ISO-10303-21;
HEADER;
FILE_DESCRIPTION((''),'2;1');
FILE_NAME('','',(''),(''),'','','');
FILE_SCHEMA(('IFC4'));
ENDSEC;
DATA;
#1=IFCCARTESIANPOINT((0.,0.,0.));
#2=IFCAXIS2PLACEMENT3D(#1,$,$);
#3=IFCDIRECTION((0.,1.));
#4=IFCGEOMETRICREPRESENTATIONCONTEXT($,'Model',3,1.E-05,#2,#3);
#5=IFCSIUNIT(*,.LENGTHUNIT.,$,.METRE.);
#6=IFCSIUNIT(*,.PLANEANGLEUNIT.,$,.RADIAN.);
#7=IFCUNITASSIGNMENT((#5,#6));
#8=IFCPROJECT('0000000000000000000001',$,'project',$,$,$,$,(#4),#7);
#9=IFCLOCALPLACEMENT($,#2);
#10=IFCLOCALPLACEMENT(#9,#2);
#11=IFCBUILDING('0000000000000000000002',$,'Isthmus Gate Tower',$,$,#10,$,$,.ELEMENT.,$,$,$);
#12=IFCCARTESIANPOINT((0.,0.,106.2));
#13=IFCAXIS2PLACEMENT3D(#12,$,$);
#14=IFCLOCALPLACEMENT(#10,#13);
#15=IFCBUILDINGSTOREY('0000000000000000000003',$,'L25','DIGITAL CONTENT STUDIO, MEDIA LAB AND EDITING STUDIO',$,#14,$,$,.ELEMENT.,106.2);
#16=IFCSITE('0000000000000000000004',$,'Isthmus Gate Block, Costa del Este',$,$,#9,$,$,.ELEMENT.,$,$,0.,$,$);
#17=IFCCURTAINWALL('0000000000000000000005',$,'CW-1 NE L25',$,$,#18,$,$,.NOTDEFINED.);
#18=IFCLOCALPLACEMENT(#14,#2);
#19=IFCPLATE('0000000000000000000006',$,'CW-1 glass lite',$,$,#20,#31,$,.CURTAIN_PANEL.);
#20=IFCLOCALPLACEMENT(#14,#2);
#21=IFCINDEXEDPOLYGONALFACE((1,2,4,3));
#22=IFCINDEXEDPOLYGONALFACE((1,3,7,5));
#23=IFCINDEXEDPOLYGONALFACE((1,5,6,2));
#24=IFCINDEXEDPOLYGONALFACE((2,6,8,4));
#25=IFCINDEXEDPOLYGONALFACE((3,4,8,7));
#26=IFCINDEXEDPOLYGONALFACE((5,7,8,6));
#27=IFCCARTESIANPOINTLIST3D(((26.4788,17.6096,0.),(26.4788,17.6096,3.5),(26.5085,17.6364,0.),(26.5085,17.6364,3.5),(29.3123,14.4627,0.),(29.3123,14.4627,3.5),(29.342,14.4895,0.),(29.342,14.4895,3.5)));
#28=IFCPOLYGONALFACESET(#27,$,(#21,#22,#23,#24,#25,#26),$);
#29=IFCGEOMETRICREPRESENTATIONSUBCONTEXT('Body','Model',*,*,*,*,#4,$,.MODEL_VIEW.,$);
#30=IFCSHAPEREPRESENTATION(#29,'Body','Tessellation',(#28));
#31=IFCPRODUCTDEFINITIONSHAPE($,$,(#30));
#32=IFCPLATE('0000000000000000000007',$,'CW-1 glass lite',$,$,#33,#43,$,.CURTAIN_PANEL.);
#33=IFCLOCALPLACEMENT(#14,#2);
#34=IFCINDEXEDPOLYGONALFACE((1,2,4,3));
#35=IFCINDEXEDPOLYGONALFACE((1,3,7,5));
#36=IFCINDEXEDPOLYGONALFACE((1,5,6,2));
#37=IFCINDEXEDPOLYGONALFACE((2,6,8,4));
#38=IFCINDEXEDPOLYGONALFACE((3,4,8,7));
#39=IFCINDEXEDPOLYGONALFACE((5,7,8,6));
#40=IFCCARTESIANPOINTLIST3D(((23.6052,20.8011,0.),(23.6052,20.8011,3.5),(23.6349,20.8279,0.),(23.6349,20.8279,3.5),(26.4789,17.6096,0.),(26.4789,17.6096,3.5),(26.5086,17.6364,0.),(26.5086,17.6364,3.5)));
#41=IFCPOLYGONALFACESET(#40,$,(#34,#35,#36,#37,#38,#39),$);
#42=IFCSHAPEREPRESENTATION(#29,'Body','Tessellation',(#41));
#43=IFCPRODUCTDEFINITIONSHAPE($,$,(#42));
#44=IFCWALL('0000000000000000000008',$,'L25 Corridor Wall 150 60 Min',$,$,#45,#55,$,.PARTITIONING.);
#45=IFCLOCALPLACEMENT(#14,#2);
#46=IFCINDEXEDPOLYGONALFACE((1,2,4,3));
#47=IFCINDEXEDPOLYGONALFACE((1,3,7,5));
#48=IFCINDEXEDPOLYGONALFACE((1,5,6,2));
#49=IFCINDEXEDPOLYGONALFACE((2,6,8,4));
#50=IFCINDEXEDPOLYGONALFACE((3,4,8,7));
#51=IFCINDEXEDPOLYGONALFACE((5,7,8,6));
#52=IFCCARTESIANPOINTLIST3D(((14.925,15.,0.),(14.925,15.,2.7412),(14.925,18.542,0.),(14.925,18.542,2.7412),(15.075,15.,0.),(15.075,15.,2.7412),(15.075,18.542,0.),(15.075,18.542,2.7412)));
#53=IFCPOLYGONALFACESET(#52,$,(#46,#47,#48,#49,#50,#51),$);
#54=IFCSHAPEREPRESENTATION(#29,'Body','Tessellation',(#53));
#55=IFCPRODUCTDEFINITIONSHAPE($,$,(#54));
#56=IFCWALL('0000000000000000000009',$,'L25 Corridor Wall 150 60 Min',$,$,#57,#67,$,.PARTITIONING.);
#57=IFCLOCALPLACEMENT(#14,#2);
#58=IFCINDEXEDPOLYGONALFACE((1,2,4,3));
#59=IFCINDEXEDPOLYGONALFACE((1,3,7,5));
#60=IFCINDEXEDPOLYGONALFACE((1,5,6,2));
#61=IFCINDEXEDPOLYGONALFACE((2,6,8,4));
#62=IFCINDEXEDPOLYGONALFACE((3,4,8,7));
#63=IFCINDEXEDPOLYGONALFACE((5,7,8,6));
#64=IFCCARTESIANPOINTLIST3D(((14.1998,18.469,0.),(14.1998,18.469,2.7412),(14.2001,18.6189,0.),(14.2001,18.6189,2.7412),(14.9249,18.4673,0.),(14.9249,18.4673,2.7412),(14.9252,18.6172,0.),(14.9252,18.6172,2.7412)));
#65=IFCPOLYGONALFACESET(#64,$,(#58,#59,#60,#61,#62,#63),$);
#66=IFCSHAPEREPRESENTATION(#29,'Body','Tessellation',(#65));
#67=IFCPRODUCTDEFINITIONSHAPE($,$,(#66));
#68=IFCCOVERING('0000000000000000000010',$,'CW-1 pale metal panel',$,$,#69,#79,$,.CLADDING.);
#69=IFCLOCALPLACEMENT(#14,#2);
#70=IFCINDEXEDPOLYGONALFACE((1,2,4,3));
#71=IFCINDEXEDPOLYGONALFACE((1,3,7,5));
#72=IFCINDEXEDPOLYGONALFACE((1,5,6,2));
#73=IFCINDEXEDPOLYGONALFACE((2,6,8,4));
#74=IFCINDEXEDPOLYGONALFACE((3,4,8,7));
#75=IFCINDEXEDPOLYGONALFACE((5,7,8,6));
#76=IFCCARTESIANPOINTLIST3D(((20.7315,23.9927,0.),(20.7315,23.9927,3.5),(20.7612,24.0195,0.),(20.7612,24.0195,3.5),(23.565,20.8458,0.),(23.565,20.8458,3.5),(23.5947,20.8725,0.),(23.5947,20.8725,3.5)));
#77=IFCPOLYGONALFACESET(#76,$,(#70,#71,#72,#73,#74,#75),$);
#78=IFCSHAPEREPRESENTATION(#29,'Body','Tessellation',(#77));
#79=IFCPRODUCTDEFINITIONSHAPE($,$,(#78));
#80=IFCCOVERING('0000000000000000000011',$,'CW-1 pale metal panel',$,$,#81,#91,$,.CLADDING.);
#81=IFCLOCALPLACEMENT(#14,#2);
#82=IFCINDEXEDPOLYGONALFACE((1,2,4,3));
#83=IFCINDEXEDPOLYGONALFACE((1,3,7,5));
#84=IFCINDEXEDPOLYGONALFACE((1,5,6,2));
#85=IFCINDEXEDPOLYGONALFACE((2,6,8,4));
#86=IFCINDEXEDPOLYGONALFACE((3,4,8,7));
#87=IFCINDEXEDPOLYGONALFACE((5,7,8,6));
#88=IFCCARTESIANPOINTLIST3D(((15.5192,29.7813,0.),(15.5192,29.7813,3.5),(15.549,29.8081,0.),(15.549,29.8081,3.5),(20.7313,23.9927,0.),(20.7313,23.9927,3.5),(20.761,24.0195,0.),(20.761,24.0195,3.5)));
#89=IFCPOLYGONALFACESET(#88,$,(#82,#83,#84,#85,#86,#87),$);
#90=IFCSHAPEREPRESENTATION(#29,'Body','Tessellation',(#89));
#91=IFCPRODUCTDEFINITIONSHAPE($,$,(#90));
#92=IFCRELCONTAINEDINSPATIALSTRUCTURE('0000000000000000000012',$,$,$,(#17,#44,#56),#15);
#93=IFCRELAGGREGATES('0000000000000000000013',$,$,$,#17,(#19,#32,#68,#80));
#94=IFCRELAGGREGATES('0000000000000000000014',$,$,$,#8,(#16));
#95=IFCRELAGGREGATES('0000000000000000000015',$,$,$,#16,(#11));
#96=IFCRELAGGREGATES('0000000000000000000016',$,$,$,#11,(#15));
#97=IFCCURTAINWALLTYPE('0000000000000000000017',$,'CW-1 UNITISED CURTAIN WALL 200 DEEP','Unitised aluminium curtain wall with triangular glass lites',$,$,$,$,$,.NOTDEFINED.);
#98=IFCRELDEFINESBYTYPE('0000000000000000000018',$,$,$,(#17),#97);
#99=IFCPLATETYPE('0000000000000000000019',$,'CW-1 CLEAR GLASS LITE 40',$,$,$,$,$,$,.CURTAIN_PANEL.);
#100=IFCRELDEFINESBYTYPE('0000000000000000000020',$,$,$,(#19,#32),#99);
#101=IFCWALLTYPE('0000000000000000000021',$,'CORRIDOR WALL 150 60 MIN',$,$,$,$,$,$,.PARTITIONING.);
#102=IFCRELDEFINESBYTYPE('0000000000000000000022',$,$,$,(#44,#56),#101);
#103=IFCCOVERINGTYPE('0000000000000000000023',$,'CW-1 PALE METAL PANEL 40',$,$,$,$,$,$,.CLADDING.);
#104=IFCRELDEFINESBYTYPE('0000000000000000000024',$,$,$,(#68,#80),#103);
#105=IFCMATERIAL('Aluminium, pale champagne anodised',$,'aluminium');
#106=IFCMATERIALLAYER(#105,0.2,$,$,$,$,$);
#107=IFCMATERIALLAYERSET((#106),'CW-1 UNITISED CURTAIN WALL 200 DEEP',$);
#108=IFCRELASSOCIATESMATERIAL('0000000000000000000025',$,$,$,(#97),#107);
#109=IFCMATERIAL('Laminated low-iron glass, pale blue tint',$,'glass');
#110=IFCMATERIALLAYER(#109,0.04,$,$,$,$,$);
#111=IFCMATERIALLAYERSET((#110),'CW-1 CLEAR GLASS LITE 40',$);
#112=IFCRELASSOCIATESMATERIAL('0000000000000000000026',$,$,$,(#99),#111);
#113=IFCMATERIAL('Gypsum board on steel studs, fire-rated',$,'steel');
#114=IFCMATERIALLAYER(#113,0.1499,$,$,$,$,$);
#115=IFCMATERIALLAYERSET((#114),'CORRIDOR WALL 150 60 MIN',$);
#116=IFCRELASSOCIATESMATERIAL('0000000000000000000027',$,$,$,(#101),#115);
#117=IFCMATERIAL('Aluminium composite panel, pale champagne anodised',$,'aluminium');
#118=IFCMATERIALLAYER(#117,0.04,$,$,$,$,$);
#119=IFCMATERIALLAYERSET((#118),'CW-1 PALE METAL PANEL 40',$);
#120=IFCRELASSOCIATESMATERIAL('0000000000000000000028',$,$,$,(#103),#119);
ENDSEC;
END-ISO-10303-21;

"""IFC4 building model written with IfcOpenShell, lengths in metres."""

from ifc_helpers import new_model, si_unit, direction, frame, frame_2d, origin, origin_2d, place, context, subcontext, project, spatial, rectangle, extrude, material, layer, layer_set, type_object, element, aggregate, save


model = new_model("IFC4")

# Units and contexts
model_context = context("Model", 3, precision=1e-05, world=origin(), true_north=direction((0.0, 1.0)))
body_context = subcontext(model_context, "Body", "Model", "MODEL_VIEW")
ifc_project = project(units=[si_unit("LENGTHUNIT", "METRE"), si_unit("PLANEANGLEUNIT", "RADIAN")], contexts=[model_context])

# Site, building, storey
site_placement = place(None, origin())
site = spatial("IfcSite", under=ifc_project, at=site_placement, Name="Isthmus Gate Block, Costa del Este", CompositionType="ELEMENT", RefElevation=0.0)
building_placement = place(site_placement, origin())
building = spatial("IfcBuilding", under=site, at=building_placement, Name="Isthmus Gate Tower", CompositionType="ELEMENT")
storey_placement = place(building_placement, frame((0.0, 0.0, 106.2)))
storey = spatial("IfcBuildingStorey", under=building, at=storey_placement, Name="L25", Description="DIGITAL CONTENT STUDIO, MEDIA LAB AND EDITING STUDIO", CompositionType="ELEMENT", Elevation=106.2)

# Curtain wall
ifc_material_1 = material(Name="Aluminium, pale champagne anodised", Category="aluminium")
ifc_layer_1 = layer(ifc_material_1, 0.2)
ifc_layer_set_1 = layer_set([ifc_layer_1], Name="CW-1 UNITISED CURTAIN WALL 200 DEEP")
curtain_wall_type = type_object("IfcCurtainWallType", Name="CW-1 UNITISED CURTAIN WALL 200 DEEP", Description="Unitised aluminium curtain wall with triangular glass lites", PredefinedType="NOTDEFINED", material=ifc_layer_set_1)
curtain_wall_1_placement = place(storey_placement, origin())
curtain_wall_1 = element("IfcCurtainWall", 1, at=curtain_wall_1_placement, inside=storey, type_object=curtain_wall_type, Name="CW-1 NE L25", PredefinedType="NOTDEFINED")

# Plates
ifc_material_2 = material(Name="Laminated low-iron glass, pale blue tint", Category="glass")
ifc_layer_2 = layer(ifc_material_2, 0.04)
ifc_layer_set_2 = layer_set([ifc_layer_2], Name="CW-1 CLEAR GLASS LITE 40")
plate_type = type_object("IfcPlateType", Name="CW-1 CLEAR GLASS LITE 40", PredefinedType="CURTAIN_PANEL", material=ifc_layer_set_2)
plate_1_placement = place(storey_placement, frame((27.9104, 16.0496, 0.0), z_axis=(0.0, 0.0, 1.0), x_axis=(-0.669131, 0.743145, 0.0)))
plate_1 = element("IfcPlate", 2, at=plate_1_placement, type_object=plate_type, Name="CW-1 glass lite", PredefinedType="CURTAIN_PANEL", context=body_context, shape_type="SweptSolid", body=[
    extrude(rectangle(XDim=4.2346, YDim=0.04, at=origin_2d()), origin(), (0.0, 0.0, 1.0), 3.5),
])
plate_2_placement = place(storey_placement, frame((25.0569, 19.2188, 0.0), z_axis=(0.0, 0.0, 1.0), x_axis=(-0.669131, 0.743145, 0.0)))
plate_2 = element("IfcPlate", 3, at=plate_2_placement, type_object=plate_type, Name="CW-1 glass lite", PredefinedType="CURTAIN_PANEL", context=body_context, shape_type="SweptSolid", body=[
    extrude(rectangle(XDim=4.2947, YDim=0.04, at=origin_2d()), origin(), (0.0, 0.0, 1.0), 3.5),
])

# Walls
ifc_material_3 = material(Name="Gypsum board on steel studs, fire-rated", Category="steel")
ifc_layer_3 = layer(ifc_material_3, 0.1499)
ifc_layer_set_3 = layer_set([ifc_layer_3], Name="CORRIDOR WALL 150 60 MIN")
wall_type = type_object("IfcWallType", Name="CORRIDOR WALL 150 60 MIN", PredefinedType="PARTITIONING", material=ifc_layer_set_3)
wall_1_placement = place(storey_placement, frame((15.0, 18.542, 0.0), z_axis=(0.0, 0.0, 1.0), x_axis=(0.0, -1.0, 0.0)))
element("IfcWall", 4, at=wall_1_placement, inside=storey, type_object=wall_type, Name="L25 Corridor Wall 150 60 Min", PredefinedType="PARTITIONING", context=body_context, shape_type="SweptSolid", body=[
    extrude(rectangle(XDim=3.542, YDim=0.1499, at=frame_2d((1.771, 0.0))), origin(), (0.0, 0.0, 1.0), 2.7412),
])
wall_2_placement = place(storey_placement, frame((14.2, 18.5439, 0.0), z_axis=(0.0, 0.0, 1.0), x_axis=(0.999997, -0.002357, 0.0)))
element("IfcWall", 5, at=wall_2_placement, inside=storey, type_object=wall_type, Name="L25 Corridor Wall 150 60 Min", PredefinedType="PARTITIONING", context=body_context, shape_type="SweptSolid", body=[
    extrude(rectangle(XDim=0.7251, YDim=0.1499, at=frame_2d((0.3625, 0.0))), origin(), (0.0, 0.0, 1.0), 2.7412),
])

# Coverings
ifc_material_4 = material(Name="Aluminium composite panel, pale champagne anodised", Category="aluminium")
ifc_layer_4 = layer(ifc_material_4, 0.04)
ifc_layer_set_4 = layer_set([ifc_layer_4], Name="CW-1 PALE METAL PANEL 40")
covering_type = type_object("IfcCoveringType", Name="CW-1 PALE METAL PANEL 40", PredefinedType="CLADDING", material=ifc_layer_set_4)
covering_1_placement = place(storey_placement, frame((22.1631, 22.4326, 0.0), z_axis=(0.0, 0.0, 1.0), x_axis=(-0.669131, 0.743145, 0.0)))
covering_1 = element("IfcCovering", 6, at=covering_1_placement, type_object=covering_type, Name="CW-1 pale metal panel", PredefinedType="CLADDING", context=body_context, shape_type="SweptSolid", body=[
    extrude(rectangle(XDim=4.2346, YDim=0.04, at=origin_2d()), origin(), (0.0, 0.0, 1.0), 3.5),
])
covering_2_placement = place(storey_placement, frame((18.1401, 26.9004, 0.0), z_axis=(0.0, 0.0, 1.0), x_axis=(-0.669131, 0.743145, 0.0)))
covering_2 = element("IfcCovering", 7, at=covering_2_placement, type_object=covering_type, Name="CW-1 pale metal panel", PredefinedType="CLADDING", context=body_context, shape_type="SweptSolid", body=[
    extrude(rectangle(XDim=7.7893, YDim=0.04, at=origin_2d()), origin(), (0.0, 0.0, 1.0), 3.5),
])
aggregate(curtain_wall_1, [plate_1, plate_2, covering_1, covering_2])

save(model, "model.ifc")
